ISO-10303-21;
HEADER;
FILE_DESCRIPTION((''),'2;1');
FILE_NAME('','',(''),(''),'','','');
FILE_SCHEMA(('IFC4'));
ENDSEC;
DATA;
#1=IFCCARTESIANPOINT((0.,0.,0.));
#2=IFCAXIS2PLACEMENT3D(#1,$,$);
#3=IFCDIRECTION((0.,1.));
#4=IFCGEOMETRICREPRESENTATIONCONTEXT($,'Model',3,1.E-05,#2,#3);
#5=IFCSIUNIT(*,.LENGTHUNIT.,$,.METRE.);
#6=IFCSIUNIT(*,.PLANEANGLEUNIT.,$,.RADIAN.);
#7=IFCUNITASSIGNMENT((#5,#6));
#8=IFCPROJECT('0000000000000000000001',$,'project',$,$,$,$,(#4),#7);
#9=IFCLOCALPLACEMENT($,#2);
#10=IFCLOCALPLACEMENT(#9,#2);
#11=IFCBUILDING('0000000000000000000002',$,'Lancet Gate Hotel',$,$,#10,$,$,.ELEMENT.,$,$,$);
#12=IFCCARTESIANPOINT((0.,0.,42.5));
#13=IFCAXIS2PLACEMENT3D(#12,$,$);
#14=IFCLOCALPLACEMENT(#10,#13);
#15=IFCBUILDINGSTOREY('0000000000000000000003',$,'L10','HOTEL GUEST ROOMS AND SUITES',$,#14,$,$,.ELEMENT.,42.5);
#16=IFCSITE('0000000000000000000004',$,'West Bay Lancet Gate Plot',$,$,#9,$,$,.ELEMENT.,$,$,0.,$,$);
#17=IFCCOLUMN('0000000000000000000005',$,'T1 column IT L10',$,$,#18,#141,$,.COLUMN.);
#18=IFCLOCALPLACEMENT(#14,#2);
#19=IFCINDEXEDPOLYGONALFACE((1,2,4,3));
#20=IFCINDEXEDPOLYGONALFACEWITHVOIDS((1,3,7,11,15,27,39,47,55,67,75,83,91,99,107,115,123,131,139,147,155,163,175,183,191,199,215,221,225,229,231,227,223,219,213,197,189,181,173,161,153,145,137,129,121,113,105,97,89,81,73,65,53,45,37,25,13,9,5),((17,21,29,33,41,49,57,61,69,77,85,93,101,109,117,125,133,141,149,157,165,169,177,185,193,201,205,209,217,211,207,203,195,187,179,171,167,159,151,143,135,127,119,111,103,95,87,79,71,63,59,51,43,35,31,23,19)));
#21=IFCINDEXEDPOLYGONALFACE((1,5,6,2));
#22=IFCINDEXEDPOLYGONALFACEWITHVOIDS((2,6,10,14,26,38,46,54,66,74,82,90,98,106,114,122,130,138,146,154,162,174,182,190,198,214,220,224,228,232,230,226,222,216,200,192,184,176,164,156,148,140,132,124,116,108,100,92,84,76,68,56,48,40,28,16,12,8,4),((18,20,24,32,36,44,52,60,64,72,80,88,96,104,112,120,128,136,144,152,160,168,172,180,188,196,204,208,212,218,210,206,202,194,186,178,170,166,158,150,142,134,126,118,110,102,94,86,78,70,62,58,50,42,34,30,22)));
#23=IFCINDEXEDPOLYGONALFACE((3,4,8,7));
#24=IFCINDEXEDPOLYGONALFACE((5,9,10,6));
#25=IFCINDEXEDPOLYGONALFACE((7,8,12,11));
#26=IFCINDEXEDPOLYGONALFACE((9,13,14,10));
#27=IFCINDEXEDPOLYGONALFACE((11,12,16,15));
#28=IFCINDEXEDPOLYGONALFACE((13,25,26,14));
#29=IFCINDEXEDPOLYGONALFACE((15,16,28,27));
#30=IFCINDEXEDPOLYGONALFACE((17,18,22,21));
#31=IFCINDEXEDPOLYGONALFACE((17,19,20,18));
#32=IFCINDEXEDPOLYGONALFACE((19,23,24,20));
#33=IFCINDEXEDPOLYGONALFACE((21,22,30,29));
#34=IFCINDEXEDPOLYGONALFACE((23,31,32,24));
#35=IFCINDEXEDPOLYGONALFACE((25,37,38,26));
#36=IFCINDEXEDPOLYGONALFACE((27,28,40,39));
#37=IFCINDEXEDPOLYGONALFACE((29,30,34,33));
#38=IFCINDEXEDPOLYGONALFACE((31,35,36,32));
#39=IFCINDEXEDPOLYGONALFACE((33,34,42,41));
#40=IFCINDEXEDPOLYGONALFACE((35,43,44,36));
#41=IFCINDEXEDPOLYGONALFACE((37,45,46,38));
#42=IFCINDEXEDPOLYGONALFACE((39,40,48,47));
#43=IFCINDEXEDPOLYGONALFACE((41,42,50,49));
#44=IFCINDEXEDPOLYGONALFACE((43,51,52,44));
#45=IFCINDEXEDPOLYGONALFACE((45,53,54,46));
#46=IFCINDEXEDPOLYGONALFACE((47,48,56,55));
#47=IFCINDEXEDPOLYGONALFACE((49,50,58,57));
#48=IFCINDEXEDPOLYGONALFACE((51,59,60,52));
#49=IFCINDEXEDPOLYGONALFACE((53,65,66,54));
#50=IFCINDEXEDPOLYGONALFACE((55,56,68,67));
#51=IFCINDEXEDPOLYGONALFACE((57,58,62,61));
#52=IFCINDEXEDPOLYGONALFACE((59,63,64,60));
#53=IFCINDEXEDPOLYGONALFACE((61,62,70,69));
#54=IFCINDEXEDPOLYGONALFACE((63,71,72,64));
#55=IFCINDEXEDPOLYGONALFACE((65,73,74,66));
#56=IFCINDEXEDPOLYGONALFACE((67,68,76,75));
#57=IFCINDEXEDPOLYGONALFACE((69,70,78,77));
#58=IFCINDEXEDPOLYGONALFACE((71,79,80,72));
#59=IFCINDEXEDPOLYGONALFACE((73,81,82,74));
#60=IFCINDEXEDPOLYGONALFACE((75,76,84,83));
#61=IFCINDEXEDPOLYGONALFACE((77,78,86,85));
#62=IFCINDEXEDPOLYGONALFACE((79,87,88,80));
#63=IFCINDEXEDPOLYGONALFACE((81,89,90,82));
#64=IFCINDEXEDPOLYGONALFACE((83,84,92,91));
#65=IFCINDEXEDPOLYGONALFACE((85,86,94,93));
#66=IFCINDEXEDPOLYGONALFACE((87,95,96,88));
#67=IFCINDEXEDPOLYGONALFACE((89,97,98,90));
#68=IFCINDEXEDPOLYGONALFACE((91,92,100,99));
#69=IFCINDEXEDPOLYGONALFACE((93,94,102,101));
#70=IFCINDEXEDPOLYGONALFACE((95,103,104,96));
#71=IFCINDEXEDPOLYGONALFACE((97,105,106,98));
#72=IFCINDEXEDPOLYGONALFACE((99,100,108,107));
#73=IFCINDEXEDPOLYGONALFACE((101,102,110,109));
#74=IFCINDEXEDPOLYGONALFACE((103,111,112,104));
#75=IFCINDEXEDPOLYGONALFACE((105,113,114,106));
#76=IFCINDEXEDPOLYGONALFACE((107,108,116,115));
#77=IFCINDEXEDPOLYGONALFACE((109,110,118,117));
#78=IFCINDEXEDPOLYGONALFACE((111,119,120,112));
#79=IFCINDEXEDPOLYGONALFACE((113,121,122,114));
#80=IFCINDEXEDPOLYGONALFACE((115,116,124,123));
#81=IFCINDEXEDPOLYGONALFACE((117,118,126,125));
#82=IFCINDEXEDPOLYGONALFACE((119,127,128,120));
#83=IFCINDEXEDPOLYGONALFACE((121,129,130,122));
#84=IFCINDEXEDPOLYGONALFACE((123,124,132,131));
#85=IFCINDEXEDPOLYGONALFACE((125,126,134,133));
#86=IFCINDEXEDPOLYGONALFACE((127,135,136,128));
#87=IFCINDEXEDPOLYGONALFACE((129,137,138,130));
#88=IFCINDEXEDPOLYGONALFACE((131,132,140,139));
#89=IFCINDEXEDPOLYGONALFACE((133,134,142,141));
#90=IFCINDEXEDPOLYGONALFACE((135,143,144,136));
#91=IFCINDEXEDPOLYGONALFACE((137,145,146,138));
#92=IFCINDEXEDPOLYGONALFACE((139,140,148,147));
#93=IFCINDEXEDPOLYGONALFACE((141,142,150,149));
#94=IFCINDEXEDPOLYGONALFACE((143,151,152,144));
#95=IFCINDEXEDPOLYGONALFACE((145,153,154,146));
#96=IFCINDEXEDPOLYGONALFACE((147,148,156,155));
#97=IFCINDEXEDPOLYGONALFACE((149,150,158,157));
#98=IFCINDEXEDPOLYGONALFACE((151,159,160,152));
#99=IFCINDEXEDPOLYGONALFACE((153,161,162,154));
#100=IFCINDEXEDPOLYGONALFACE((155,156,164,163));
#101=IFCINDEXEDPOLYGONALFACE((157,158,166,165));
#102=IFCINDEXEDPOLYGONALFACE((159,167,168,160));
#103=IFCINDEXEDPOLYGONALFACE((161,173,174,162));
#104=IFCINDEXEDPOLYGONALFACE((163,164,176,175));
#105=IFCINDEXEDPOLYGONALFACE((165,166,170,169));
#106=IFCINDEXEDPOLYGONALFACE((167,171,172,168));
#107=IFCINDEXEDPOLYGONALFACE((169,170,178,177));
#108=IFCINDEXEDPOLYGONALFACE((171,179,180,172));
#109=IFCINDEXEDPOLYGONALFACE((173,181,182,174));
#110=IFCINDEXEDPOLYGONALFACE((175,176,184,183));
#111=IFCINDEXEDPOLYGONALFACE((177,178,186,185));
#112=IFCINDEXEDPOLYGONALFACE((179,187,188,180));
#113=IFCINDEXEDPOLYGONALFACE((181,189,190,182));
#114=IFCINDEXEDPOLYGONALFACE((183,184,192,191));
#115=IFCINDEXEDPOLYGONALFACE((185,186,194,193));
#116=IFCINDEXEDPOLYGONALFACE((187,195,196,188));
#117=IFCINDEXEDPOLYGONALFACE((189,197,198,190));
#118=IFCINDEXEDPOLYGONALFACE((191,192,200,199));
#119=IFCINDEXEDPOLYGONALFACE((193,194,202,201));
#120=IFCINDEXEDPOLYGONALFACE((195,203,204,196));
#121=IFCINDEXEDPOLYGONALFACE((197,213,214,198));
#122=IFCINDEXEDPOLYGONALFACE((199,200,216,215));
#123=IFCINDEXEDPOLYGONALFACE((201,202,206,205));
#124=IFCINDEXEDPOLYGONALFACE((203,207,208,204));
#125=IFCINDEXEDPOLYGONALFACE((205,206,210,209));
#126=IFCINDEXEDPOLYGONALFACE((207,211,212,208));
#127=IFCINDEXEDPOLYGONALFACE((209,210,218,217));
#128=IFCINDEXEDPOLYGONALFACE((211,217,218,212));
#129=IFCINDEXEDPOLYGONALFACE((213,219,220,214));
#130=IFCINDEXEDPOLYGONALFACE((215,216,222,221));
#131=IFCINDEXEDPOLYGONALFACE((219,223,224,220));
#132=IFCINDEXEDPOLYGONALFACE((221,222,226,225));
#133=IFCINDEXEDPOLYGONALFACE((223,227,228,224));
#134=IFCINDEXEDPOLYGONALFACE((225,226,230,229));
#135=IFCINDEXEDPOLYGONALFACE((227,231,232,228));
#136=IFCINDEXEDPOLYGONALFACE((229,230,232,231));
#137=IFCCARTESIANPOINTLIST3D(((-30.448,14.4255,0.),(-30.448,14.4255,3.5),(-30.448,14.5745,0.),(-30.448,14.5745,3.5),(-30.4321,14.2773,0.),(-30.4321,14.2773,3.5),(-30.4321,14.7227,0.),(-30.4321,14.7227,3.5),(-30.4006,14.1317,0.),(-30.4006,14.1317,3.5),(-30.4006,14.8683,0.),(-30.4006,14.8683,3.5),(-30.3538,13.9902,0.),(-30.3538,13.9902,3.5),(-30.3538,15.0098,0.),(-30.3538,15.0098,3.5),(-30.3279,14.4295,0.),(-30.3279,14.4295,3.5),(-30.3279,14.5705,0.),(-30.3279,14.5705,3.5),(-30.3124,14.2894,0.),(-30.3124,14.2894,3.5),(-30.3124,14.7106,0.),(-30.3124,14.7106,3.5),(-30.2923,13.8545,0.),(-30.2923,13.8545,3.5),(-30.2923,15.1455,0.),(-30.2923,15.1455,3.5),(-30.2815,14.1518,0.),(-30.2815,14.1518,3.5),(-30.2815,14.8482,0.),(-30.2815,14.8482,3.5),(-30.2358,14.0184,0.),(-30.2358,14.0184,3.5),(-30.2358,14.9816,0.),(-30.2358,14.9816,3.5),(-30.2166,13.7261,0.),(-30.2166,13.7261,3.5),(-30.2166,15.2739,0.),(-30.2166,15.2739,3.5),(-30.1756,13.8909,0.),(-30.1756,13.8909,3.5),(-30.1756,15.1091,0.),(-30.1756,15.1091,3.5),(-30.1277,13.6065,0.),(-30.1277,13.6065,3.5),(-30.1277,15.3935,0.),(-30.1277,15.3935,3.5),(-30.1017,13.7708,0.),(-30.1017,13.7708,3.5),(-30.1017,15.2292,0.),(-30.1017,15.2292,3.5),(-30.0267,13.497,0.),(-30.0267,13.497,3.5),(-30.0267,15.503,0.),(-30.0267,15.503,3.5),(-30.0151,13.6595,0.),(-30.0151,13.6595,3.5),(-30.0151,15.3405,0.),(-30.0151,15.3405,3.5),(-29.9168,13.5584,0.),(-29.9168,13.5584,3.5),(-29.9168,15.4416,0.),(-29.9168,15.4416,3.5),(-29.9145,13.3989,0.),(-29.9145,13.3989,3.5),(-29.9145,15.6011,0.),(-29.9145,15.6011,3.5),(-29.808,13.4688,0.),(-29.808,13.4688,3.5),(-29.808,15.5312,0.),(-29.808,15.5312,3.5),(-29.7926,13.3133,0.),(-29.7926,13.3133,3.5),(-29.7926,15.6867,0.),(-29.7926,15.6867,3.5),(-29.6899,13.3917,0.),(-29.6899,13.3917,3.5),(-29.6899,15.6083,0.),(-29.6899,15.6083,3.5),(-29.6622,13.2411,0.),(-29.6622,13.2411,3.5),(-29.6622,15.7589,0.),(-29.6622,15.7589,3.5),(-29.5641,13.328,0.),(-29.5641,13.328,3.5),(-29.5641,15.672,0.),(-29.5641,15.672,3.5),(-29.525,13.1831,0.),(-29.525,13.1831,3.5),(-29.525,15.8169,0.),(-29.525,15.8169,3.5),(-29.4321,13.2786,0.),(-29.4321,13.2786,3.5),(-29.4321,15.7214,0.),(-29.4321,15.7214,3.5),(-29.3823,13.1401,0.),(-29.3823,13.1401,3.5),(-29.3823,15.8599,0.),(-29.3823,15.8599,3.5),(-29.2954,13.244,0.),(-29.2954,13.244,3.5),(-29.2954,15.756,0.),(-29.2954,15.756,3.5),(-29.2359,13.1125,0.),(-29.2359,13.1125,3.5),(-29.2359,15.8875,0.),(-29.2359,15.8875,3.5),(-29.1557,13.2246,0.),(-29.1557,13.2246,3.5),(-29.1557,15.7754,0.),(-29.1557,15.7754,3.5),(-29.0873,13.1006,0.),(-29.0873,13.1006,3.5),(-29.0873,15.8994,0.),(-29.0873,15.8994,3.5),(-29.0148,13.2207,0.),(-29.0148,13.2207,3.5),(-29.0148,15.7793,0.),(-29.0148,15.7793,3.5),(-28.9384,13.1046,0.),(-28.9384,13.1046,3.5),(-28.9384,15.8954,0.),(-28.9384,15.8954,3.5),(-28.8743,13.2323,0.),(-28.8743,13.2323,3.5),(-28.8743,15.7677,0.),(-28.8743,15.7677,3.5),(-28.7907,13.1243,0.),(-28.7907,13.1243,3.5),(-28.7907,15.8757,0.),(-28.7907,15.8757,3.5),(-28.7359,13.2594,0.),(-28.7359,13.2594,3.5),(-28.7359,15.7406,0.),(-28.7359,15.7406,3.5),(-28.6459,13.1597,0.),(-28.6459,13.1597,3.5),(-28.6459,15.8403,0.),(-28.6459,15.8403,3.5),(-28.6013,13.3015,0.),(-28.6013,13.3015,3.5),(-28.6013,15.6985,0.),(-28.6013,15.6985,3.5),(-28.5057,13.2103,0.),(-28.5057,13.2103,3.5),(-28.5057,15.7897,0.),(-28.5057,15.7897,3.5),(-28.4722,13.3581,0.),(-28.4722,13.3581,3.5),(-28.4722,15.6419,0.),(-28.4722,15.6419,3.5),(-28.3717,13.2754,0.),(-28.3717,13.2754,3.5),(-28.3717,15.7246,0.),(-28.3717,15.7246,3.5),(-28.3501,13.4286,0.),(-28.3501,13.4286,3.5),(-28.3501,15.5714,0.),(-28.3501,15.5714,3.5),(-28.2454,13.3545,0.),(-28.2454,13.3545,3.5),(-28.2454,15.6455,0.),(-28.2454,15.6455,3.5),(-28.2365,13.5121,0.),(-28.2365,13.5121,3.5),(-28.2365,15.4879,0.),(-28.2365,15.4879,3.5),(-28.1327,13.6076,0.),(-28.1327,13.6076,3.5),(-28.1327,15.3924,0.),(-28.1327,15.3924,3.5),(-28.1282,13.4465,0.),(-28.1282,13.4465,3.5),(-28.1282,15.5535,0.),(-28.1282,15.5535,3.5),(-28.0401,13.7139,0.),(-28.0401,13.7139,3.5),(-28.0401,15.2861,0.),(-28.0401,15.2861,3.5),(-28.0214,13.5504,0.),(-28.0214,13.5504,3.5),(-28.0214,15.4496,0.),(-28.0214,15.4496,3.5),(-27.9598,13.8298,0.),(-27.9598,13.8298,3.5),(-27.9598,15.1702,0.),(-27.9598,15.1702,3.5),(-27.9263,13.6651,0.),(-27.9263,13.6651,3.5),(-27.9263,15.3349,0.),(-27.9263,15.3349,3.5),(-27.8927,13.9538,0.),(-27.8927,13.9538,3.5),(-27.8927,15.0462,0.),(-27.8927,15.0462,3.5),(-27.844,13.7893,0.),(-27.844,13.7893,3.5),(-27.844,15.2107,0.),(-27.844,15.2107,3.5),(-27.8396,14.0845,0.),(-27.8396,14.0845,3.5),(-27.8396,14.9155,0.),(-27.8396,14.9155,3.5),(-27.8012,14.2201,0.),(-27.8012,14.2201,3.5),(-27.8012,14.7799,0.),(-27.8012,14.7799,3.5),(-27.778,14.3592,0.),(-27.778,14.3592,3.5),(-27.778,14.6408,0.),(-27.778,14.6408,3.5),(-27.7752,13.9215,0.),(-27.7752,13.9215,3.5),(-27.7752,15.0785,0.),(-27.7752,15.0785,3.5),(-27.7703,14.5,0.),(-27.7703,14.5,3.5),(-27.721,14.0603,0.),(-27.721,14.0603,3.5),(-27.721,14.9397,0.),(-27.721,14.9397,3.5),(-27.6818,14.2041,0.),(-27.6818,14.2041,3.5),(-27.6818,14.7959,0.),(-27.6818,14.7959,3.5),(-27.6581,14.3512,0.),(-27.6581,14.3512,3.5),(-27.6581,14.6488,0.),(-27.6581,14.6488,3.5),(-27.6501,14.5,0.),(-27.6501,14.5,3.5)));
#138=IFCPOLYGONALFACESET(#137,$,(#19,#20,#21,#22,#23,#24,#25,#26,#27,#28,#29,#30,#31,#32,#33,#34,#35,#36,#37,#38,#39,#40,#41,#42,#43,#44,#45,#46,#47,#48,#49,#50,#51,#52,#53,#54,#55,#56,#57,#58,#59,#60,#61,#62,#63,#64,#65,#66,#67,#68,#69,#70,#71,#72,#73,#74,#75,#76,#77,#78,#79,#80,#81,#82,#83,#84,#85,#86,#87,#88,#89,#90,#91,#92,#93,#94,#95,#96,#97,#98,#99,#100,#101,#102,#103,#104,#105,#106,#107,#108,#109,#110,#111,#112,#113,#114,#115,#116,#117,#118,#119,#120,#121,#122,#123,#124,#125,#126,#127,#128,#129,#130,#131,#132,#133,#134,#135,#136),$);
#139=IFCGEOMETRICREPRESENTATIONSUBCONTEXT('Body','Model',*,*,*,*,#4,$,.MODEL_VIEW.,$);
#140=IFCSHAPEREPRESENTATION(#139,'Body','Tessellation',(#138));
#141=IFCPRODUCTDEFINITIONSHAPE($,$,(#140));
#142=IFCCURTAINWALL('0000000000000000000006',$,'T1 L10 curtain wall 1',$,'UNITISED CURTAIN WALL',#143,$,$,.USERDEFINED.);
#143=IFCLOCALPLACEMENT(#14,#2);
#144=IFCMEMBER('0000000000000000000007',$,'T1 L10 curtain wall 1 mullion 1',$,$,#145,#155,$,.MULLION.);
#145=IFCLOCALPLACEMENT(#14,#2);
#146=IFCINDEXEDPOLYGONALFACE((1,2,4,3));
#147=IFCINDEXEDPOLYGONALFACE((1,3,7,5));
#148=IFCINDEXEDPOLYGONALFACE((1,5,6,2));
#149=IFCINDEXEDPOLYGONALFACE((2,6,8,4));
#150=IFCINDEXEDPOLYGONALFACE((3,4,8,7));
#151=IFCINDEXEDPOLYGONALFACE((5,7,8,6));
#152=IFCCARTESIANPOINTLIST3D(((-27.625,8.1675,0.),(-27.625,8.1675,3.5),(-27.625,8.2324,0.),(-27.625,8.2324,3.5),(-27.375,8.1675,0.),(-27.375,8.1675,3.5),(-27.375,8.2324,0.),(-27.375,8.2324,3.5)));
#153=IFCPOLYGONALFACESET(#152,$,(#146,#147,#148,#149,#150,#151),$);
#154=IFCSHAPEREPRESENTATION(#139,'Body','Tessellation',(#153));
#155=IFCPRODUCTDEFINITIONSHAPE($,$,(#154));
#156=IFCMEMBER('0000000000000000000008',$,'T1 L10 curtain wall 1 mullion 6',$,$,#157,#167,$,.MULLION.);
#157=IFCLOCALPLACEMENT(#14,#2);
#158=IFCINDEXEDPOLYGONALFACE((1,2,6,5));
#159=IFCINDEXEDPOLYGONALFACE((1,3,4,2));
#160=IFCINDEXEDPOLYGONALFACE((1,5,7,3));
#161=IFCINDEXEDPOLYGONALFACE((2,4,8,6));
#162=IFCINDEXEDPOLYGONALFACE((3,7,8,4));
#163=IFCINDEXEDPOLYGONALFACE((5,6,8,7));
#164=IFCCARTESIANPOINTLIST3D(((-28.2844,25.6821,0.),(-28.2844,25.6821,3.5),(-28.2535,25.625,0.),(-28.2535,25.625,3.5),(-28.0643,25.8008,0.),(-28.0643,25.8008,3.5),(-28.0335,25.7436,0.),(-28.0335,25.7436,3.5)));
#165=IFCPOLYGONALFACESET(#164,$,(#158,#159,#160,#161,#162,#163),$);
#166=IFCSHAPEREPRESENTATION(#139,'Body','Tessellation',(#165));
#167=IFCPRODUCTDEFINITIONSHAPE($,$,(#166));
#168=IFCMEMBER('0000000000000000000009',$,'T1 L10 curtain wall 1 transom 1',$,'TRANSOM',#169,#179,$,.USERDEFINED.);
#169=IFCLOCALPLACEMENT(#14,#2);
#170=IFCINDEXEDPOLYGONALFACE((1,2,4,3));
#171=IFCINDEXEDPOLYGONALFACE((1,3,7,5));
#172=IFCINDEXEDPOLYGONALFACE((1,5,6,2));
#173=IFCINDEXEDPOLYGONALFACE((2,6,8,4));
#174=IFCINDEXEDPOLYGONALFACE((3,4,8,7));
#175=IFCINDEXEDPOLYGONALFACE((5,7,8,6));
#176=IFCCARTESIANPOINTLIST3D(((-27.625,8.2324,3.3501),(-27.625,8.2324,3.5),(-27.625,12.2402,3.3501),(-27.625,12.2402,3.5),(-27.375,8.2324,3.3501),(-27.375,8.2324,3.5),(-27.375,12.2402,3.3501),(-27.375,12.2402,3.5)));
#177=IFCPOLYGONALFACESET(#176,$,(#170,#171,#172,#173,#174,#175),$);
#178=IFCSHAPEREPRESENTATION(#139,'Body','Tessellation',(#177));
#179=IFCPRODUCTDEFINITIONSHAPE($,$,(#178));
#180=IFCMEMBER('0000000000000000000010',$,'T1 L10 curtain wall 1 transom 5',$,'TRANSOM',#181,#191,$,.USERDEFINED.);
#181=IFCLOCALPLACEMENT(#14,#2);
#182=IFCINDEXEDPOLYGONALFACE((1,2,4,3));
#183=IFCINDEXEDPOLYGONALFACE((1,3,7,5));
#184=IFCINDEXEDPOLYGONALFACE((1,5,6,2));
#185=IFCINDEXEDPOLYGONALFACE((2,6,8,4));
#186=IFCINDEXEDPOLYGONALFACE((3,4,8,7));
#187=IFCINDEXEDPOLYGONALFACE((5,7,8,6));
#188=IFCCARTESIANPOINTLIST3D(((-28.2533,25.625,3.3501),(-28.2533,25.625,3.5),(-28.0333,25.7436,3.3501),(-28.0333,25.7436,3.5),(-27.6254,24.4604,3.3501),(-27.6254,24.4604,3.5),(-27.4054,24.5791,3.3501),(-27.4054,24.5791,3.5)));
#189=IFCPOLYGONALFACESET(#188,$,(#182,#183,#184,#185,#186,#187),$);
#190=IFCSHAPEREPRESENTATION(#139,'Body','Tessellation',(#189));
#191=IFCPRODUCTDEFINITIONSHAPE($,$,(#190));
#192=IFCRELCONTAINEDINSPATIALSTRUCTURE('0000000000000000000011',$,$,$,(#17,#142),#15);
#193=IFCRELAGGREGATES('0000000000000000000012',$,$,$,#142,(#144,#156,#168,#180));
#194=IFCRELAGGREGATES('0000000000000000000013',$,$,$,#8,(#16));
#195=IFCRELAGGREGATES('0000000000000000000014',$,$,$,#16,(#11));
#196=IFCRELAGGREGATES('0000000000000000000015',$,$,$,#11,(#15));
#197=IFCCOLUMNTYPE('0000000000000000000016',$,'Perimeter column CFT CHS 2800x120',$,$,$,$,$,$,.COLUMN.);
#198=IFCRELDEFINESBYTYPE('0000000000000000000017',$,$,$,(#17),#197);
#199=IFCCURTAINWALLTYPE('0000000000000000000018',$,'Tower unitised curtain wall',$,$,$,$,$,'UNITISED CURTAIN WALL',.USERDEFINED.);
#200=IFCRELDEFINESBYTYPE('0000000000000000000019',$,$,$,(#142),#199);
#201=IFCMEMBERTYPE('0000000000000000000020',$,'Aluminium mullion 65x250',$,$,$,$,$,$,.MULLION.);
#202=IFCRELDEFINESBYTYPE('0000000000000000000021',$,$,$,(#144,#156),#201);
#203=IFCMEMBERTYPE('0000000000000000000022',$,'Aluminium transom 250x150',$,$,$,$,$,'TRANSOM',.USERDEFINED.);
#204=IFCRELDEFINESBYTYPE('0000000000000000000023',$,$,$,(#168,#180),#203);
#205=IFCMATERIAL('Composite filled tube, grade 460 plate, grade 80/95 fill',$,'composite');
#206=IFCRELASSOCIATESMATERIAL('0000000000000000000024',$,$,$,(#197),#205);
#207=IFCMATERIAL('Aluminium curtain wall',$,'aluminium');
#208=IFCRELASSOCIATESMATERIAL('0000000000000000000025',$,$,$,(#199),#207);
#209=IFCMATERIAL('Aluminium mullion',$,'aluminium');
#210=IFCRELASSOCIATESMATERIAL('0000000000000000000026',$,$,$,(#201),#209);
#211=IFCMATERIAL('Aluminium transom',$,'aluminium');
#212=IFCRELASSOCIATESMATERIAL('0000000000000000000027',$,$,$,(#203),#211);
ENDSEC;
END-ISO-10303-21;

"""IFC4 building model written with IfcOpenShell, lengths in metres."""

from ifc_helpers import new_model, si_unit, direction, frame, origin, origin_2d, place, context, subcontext, project, spatial, rectangle, hollow_circle, extrude, material, material_profile, profile_set, type_object, element, aggregate, save


model = new_model("IFC4")

# Units and contexts
model_context = context("Model", 3, precision=1e-05, world=origin(), true_north=direction((0.0, 1.0)))
body_context = subcontext(model_context, "Body", "Model", "MODEL_VIEW")
ifc_project = project(units=[si_unit("LENGTHUNIT", "METRE"), si_unit("PLANEANGLEUNIT", "RADIAN")], contexts=[model_context])

# Site, building, storey
site_placement = place(None, origin())
site = spatial("IfcSite", under=ifc_project, at=site_placement, Name="West Bay Lancet Gate Plot", CompositionType="ELEMENT", RefElevation=0.0)
building_placement = place(site_placement, origin())
building = spatial("IfcBuilding", under=site, at=building_placement, Name="Lancet Gate Hotel", CompositionType="ELEMENT")
storey_placement = place(building_placement, frame((0.0, 0.0, 42.5)))
storey = spatial("IfcBuildingStorey", under=building, at=storey_placement, Name="L10", Description="HOTEL GUEST ROOMS AND SUITES", CompositionType="ELEMENT", Elevation=42.5)

# Column
ifc_material_1 = material(Name="Composite filled tube, grade 460 plate, grade 80/95 fill", Category="composite")
ifc_material_profile_1 = material_profile(ifc_material_1, hollow_circle(Radius=1.3999, WallThickness=0.1201, at=origin_2d()), Name="CHS 2800x120")
ifc_profile_set_1 = profile_set([ifc_material_profile_1], Name="Composite filled tube, grade 460 plate, grade 80/95 fill")
column_type = type_object("IfcColumnType", Name="Perimeter column CFT CHS 2800x120", PredefinedType="COLUMN", material=ifc_profile_set_1)
for number, where, z_axis, x_axis, name in (
    (1, (-29.05, 14.5, 0.0), (0.0, 0.0, 1.0), (1.0, 0.0, 0.0), "T1 column IT L10"),
):
    element("IfcColumn", number, at=place(storey_placement, frame(where, z_axis=z_axis, x_axis=x_axis)), inside=storey, type_object=column_type, Name=name, PredefinedType="COLUMN", context=body_context, shape_type="SweptSolid", body=[
        extrude(hollow_circle(Radius=1.3999, WallThickness=0.1201, at=origin_2d()), origin(), (0.0, 0.0, 1.0), 3.5),
    ])

# Curtain wall, members
ifc_material_2 = material(Name="Aluminium curtain wall", Category="aluminium")
curtain_wall_type = type_object("IfcCurtainWallType", Name="Tower unitised curtain wall", ElementType="UNITISED CURTAIN WALL", PredefinedType="USERDEFINED", material=ifc_material_2)
curtain_wall_placement = place(storey_placement, origin())
curtain_wall = element("IfcCurtainWall", 2, at=curtain_wall_placement, inside=storey, type_object=curtain_wall_type, Name="T1 L10 curtain wall 1", ObjectType="UNITISED CURTAIN WALL", PredefinedType="USERDEFINED")
ifc_material_3 = material(Name="Aluminium mullion", Category="aluminium")
ifc_material_profile_2 = material_profile(ifc_material_3, rectangle(XDim=0.0649, YDim=0.25, at=origin_2d()), Name="MULLION 65x250")
ifc_profile_set_2 = profile_set([ifc_material_profile_2], Name="Aluminium mullion")
member_type_1 = type_object("IfcMemberType", Name="Aluminium mullion 65x250", PredefinedType="MULLION", material=ifc_profile_set_2)
member_1_placement = place(storey_placement, frame((-27.5, 8.2, 0.0), z_axis=(0.0, 0.0, 1.0), x_axis=(0.0, 1.0, 0.0)))
member_1 = element("IfcMember", 3, at=member_1_placement, type_object=member_type_1, Name="T1 L10 curtain wall 1 mullion 1", PredefinedType="MULLION", context=body_context, shape_type="SweptSolid", body=[
    extrude(rectangle(XDim=0.0649, YDim=0.25, at=origin_2d()), origin(), (0.0, 0.0, 1.0), 3.5),
])
member_2_placement = place(storey_placement, frame((-28.1589, 25.7129, 0.0), z_axis=(0.0, 0.0, 1.0), x_axis=(-0.474631, 0.880185, 0.0)))
member_2 = element("IfcMember", 4, at=member_2_placement, type_object=member_type_1, Name="T1 L10 curtain wall 1 mullion 6", PredefinedType="MULLION", context=body_context, shape_type="SweptSolid", body=[
    extrude(rectangle(XDim=0.0649, YDim=0.25, at=origin_2d()), origin(), (0.0, 0.0, 1.0), 3.5),
])
ifc_material_4 = material(Name="Aluminium transom", Category="aluminium")
ifc_material_profile_3 = material_profile(ifc_material_4, rectangle(XDim=0.25, YDim=0.1499, at=origin_2d()), Name="TRANSOM 250x150")
ifc_profile_set_3 = profile_set([ifc_material_profile_3], Name="Aluminium transom")
member_type_2 = type_object("IfcMemberType", Name="Aluminium transom 250x150", ElementType="TRANSOM", PredefinedType="USERDEFINED", material=ifc_profile_set_3)
member_3_placement = place(storey_placement, frame((-27.5, 8.2324, 3.425), z_axis=(0.0, 1.0, 0.0), x_axis=(-1.0, 0.0, 0.0)))
member_3 = element("IfcMember", 5, at=member_3_placement, type_object=member_type_2, Name="T1 L10 curtain wall 1 transom 1", ObjectType="TRANSOM", PredefinedType="USERDEFINED", context=body_context, shape_type="SweptSolid", body=[
    extrude(rectangle(XDim=0.25, YDim=0.1499, at=origin_2d()), origin(), (0.0, 0.0, 1.0), 4.0078),
])
member_4_placement = place(storey_placement, frame((-27.5154, 24.5198, 3.425), z_axis=(-0.474606, 0.880198, 0.0), x_axis=(-0.880198, -0.474606, 0.0)))
member_4 = element("IfcMember", 6, at=member_4_placement, type_object=member_type_2, Name="T1 L10 curtain wall 1 transom 5", ObjectType="TRANSOM", PredefinedType="USERDEFINED", context=body_context, shape_type="SweptSolid", body=[
    extrude(rectangle(XDim=0.25, YDim=0.1499, at=origin_2d()), origin(), (0.0, 0.0, 1.0), 1.323),
])

aggregate(curtain_wall, [member_1, member_2, member_3, member_4])

save(model, "model.ifc")
